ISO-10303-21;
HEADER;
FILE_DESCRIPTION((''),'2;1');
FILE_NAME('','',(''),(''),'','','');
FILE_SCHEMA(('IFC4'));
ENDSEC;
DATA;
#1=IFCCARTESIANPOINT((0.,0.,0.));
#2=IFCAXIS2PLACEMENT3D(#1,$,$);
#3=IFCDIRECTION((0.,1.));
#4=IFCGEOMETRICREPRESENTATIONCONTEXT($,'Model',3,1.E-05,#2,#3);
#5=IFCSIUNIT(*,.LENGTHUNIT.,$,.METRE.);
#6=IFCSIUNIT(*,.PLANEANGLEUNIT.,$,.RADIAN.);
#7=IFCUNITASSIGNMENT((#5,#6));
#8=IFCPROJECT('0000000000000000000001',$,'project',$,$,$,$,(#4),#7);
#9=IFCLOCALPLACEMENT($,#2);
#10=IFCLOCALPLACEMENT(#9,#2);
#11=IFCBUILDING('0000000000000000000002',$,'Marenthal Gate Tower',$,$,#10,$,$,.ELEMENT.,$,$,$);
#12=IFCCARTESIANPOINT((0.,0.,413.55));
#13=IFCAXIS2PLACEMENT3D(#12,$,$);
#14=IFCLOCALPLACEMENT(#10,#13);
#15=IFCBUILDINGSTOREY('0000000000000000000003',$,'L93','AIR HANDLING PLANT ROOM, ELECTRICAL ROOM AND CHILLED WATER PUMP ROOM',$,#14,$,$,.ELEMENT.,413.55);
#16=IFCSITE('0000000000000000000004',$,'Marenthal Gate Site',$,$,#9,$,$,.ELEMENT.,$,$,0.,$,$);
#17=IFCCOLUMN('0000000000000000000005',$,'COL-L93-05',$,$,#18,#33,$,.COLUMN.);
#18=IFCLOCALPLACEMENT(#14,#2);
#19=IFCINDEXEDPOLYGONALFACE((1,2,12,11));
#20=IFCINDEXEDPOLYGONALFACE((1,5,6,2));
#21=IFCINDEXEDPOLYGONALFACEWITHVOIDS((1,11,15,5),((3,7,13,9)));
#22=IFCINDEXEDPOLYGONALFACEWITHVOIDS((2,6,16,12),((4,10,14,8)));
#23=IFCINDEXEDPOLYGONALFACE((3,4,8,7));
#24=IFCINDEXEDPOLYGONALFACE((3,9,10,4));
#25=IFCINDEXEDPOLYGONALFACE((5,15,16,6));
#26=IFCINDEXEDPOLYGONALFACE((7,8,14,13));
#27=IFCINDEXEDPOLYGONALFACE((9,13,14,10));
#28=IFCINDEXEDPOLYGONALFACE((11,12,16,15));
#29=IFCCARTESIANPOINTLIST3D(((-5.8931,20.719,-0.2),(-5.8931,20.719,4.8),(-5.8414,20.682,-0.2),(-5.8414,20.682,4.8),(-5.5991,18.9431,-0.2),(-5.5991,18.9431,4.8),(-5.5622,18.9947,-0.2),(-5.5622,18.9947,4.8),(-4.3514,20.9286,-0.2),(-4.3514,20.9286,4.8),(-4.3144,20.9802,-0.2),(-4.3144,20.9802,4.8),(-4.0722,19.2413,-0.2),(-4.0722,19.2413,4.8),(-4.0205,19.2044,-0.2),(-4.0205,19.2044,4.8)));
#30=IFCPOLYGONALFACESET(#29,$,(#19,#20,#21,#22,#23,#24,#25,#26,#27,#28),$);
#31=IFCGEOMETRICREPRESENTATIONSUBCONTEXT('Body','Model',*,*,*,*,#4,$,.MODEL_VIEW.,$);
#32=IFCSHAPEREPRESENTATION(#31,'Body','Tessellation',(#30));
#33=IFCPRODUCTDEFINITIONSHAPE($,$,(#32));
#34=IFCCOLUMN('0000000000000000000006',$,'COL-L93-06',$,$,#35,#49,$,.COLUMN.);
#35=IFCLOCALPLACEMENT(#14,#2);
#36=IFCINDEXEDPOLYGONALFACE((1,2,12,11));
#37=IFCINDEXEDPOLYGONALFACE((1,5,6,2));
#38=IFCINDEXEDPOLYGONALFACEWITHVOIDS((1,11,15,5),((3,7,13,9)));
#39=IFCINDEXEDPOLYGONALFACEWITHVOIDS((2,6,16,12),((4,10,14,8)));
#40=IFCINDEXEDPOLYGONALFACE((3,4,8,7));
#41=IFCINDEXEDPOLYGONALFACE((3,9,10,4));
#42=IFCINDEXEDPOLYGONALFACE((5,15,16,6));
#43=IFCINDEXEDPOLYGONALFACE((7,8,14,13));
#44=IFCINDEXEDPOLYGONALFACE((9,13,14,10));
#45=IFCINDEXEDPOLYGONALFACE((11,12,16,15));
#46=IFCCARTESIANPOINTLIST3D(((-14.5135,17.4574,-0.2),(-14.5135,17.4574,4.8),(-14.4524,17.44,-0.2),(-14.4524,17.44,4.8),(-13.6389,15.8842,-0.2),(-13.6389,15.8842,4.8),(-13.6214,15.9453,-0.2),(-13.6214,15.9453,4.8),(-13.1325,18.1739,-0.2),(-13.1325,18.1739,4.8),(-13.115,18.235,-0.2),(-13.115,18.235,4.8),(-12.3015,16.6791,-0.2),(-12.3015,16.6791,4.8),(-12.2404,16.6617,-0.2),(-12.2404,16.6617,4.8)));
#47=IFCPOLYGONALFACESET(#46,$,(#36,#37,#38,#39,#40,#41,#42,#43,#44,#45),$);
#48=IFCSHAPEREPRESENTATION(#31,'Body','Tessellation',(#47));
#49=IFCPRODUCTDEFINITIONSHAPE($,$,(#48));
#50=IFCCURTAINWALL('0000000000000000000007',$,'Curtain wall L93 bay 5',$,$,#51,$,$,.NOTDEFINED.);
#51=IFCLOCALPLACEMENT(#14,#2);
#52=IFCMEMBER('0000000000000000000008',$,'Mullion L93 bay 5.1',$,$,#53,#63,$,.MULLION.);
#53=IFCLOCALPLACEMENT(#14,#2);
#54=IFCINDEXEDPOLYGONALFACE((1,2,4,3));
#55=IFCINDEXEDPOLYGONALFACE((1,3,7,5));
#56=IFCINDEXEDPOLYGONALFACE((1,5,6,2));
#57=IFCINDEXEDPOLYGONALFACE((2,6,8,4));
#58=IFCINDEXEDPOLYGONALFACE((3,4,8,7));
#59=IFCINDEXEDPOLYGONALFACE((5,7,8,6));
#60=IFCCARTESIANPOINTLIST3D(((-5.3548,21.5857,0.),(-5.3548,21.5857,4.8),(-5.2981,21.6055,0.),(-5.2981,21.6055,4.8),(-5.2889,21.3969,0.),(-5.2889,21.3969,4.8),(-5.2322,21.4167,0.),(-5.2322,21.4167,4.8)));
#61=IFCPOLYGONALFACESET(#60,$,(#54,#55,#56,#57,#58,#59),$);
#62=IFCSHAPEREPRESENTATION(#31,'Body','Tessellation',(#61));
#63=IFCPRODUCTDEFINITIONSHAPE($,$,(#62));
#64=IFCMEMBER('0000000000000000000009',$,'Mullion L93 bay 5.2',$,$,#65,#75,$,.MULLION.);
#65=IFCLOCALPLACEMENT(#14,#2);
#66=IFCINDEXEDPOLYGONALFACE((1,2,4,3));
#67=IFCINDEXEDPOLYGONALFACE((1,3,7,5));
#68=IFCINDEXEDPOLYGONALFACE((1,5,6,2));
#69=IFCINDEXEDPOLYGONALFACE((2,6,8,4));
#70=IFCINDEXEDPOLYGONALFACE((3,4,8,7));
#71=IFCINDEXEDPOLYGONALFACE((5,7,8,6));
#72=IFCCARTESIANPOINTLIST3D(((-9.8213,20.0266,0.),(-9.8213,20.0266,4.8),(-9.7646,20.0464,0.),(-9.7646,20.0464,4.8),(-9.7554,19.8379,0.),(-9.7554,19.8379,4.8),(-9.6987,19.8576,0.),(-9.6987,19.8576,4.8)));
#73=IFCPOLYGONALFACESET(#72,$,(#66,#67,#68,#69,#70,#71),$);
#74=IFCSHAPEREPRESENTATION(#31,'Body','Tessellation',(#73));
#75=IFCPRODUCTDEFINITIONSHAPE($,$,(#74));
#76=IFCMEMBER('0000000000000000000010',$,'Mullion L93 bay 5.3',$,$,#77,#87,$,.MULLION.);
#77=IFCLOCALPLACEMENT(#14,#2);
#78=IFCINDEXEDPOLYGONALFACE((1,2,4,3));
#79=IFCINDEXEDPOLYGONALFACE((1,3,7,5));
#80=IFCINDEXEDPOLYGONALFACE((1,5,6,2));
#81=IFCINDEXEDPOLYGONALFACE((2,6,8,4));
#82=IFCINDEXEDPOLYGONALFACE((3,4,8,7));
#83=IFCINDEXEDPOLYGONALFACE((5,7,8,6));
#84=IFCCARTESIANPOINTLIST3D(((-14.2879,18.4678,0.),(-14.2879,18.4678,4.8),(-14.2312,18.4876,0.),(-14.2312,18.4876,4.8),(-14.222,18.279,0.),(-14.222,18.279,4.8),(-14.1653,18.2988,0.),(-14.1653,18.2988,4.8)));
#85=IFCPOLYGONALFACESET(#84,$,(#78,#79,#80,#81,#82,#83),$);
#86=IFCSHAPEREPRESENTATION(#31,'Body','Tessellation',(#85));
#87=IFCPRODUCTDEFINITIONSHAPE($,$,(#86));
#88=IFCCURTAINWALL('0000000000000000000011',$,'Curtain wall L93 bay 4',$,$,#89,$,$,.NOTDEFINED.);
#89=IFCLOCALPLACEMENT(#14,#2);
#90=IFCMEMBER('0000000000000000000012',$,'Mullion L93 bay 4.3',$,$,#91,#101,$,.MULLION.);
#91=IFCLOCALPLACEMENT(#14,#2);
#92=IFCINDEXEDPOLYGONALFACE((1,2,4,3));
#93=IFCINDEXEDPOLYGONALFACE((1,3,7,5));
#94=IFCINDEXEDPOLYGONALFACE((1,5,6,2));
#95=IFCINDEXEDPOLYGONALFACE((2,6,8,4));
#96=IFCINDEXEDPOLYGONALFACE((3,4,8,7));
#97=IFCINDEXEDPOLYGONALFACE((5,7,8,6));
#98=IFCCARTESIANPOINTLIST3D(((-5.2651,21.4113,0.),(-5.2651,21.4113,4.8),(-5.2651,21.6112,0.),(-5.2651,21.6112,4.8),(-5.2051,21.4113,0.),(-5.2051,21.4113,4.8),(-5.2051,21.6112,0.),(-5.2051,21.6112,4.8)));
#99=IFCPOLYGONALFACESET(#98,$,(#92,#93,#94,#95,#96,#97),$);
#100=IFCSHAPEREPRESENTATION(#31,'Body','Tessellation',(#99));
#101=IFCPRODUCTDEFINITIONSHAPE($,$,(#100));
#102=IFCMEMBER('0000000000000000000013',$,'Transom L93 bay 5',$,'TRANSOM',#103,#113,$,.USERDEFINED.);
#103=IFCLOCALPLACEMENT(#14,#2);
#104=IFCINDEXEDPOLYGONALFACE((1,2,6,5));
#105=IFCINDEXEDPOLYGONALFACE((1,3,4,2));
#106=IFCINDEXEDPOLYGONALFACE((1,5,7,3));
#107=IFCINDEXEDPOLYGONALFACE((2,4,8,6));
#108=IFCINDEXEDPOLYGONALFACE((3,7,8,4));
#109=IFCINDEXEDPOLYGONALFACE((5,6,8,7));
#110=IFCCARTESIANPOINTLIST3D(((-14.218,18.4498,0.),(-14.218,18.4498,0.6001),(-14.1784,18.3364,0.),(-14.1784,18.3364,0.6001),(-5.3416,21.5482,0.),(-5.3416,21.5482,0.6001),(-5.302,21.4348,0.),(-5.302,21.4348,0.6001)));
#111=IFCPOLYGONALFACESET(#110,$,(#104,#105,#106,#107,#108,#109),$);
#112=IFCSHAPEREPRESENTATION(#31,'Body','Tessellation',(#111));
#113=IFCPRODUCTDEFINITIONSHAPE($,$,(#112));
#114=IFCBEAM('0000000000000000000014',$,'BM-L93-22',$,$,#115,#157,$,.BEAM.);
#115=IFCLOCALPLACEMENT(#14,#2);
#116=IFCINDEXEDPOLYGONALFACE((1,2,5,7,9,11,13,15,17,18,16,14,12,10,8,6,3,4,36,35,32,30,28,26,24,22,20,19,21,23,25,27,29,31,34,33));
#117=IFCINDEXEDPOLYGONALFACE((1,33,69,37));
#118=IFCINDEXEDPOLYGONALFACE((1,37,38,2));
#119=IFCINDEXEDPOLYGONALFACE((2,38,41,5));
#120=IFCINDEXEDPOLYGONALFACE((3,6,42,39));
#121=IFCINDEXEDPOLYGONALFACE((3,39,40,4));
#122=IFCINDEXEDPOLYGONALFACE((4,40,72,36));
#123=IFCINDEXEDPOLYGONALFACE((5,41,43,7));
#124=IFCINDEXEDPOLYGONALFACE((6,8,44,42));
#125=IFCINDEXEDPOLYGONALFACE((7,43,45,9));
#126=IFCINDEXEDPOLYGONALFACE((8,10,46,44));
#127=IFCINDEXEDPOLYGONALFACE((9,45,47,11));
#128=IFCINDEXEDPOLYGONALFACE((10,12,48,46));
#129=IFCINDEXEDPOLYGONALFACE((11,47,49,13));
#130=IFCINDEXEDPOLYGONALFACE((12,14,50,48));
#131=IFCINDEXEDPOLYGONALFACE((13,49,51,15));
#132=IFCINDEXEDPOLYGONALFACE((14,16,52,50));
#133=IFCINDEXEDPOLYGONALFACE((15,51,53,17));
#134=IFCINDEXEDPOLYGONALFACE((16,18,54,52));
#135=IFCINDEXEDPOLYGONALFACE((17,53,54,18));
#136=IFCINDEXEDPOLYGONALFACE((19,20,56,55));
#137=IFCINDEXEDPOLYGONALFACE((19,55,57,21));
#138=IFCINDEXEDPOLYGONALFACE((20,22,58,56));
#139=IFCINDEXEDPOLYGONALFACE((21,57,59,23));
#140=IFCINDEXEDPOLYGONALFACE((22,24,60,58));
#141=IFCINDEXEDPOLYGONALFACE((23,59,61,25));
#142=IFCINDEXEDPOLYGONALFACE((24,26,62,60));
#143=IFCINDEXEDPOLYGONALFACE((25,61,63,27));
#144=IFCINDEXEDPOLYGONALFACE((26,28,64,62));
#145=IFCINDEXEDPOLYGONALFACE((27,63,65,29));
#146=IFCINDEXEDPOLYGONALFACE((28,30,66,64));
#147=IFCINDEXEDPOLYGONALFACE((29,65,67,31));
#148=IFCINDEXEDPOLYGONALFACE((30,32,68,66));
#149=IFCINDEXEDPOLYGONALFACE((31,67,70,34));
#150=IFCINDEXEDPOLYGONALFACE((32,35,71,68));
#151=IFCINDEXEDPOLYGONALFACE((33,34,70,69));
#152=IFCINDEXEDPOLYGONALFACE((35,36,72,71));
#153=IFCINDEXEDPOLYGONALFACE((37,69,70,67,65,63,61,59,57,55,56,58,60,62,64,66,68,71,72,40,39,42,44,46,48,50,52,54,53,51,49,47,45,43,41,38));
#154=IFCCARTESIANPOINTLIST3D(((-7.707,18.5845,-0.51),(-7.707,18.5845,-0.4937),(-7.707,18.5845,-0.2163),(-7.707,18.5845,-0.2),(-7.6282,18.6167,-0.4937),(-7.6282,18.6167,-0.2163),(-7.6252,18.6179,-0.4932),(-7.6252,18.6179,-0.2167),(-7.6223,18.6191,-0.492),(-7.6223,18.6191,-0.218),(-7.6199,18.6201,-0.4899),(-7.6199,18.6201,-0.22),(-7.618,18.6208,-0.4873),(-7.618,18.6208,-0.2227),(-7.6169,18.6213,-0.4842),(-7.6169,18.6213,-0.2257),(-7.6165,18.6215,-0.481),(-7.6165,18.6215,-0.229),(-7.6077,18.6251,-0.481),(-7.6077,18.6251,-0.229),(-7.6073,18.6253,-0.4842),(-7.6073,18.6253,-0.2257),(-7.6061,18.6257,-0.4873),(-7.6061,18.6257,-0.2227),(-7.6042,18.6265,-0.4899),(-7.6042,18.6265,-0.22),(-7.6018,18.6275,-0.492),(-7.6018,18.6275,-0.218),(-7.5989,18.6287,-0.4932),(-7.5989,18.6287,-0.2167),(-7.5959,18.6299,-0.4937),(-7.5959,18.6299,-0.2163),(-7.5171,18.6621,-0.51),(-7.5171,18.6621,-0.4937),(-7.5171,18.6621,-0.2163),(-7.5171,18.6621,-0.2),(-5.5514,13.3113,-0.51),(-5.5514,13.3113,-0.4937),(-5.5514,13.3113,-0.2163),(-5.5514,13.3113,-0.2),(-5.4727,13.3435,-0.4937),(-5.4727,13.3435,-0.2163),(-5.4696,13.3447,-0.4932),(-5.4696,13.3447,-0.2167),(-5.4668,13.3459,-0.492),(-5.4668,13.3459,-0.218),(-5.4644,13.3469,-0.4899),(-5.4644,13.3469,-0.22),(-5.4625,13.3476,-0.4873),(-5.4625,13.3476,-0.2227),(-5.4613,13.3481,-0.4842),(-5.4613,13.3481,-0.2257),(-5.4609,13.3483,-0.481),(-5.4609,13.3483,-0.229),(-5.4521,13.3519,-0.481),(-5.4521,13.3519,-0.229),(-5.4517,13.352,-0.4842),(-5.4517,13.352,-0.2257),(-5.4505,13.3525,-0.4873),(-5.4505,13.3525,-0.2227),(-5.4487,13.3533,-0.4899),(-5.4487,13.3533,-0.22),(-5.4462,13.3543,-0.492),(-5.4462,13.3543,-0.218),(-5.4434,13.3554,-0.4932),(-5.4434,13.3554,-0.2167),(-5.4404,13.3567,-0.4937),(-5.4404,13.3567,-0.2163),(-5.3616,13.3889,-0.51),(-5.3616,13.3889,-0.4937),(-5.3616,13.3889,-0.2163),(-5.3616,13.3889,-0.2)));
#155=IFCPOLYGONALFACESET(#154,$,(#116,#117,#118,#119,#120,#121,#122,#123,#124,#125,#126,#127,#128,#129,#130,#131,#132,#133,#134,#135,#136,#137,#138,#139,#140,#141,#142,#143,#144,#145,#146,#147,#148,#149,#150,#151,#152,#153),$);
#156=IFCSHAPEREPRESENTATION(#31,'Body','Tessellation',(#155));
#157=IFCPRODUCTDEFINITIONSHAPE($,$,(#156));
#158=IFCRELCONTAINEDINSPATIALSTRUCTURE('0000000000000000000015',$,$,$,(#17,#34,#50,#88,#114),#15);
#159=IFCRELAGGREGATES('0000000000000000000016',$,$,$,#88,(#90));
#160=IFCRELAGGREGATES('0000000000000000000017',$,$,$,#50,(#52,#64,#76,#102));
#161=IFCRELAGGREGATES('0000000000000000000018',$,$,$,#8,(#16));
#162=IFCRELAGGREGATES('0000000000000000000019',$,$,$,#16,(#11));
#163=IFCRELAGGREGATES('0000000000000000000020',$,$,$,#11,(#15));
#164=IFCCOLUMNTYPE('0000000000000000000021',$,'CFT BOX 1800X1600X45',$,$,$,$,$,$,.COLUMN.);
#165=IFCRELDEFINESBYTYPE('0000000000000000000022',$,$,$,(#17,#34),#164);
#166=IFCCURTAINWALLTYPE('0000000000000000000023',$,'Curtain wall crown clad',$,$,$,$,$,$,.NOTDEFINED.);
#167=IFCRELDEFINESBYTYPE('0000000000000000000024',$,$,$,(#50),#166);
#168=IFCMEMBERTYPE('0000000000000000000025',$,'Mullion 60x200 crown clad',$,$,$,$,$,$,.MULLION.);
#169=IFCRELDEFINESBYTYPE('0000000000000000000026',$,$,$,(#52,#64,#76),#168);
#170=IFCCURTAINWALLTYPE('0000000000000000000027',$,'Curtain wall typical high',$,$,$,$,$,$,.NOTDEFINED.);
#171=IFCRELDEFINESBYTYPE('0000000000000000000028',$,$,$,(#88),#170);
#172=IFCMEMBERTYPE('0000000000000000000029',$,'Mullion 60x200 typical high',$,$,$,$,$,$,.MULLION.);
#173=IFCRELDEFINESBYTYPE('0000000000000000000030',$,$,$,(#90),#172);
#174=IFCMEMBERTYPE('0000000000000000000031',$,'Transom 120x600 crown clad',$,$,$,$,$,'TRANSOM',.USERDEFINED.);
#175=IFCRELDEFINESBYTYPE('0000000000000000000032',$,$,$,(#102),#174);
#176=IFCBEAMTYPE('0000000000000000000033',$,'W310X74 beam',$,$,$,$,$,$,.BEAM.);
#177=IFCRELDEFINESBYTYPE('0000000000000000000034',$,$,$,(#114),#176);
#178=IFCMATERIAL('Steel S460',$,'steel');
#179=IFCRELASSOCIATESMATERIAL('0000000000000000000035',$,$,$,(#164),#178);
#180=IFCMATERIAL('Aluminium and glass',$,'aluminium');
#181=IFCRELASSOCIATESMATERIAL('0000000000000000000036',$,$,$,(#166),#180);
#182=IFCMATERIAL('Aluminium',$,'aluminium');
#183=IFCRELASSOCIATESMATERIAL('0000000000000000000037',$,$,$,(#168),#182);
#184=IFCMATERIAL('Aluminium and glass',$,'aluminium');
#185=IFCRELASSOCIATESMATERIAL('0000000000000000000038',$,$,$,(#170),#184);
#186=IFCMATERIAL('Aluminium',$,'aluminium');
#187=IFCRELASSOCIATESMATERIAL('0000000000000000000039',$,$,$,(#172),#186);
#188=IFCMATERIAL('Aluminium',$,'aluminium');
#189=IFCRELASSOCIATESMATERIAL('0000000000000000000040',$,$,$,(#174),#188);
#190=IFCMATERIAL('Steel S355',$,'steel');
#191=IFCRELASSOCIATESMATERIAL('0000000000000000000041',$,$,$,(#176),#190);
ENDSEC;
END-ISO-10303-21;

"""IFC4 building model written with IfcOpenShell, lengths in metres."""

from ifc_helpers import new_model, si_unit, direction, frame, origin, origin_2d, place, context, subcontext, project, spatial, rectangle, hollow_rectangle, i_section, extrude, material, material_profile, profile_set, type_object, element, aggregate, save


model = new_model("IFC4")

# Units and contexts
model_context = context("Model", 3, precision=1e-05, world=origin(), true_north=direction((0.0, 1.0)))
body_context = subcontext(model_context, "Body", "Model", "MODEL_VIEW")
ifc_project = project(units=[si_unit("LENGTHUNIT", "METRE"), si_unit("PLANEANGLEUNIT", "RADIAN")], contexts=[model_context])

# Site, building, storey
site_placement = place(None, origin())
site = spatial("IfcSite", under=ifc_project, at=site_placement, Name="Marenthal Gate Site", CompositionType="ELEMENT", RefElevation=0.0)
building_placement = place(site_placement, origin())
building = spatial("IfcBuilding", under=site, at=building_placement, Name="Marenthal Gate Tower", CompositionType="ELEMENT")
storey_placement = place(building_placement, frame((0.0, 0.0, 413.55)))
storey = spatial("IfcBuildingStorey", under=building, at=storey_placement, Name="L93", Description="AIR HANDLING PLANT ROOM, ELECTRICAL ROOM AND CHILLED WATER PUMP ROOM", CompositionType="ELEMENT", Elevation=413.55)

# Columns
ifc_material_1 = material(Name="Steel S460", Category="steel")
ifc_material_profile_1 = material_profile(ifc_material_1, hollow_rectangle(XDim=1.6001, YDim=1.8, WallThickness=0.0449, at=origin_2d()), Name="CFT BOX 1800X1600X45")
ifc_material_2 = material(Name="Concrete 70 MPa", Category="concrete")
ifc_material_profile_2 = material_profile(ifc_material_2, rectangle(XDim=1.51, YDim=1.71, at=origin_2d()), Name="CFT BOX 1800X1600X45 INFILL")
ifc_profile_set_1 = profile_set([ifc_material_profile_1, ifc_material_profile_2], Name="Steel S460 shell, Concrete 70 MPa infill")
column_type = type_object("IfcColumnType", Name="CFT BOX 1800X1600X45", PredefinedType="COLUMN", material=ifc_profile_set_1)
for number, where, z_axis, x_axis, name in (
    (1, (-4.9568, 19.9617, -0.2), (0.0, 0.0, 1.0), (0.986579, 0.163283, 0.0), "COL-L93-05"),
    (2, (-13.377, 17.0596, -0.2), (0.0, 0.0, 1.0), (0.874008, 0.485911, 0.0), "COL-L93-06"),
):
    element("IfcColumn", number, at=place(storey_placement, frame(where, z_axis=z_axis, x_axis=x_axis)), inside=storey, type_object=column_type, Name=name, PredefinedType="COLUMN", context=body_context, shape_type="SweptSolid", body=[
        extrude(hollow_rectangle(XDim=1.6001, YDim=1.8, WallThickness=0.0449, at=origin_2d()), origin(), (0.0, 0.0, 1.0), 5.0),
    ])

# Curtain wall, members
ifc_material_3 = material(Name="Aluminium and glass", Category="aluminium")
curtain_wall_type_1 = type_object("IfcCurtainWallType", Name="Curtain wall crown clad", PredefinedType="NOTDEFINED", material=ifc_material_3)
curtain_wall_1_placement = place(storey_placement, origin())
curtain_wall_1 = element("IfcCurtainWall", 3, at=curtain_wall_1_placement, inside=storey, type_object=curtain_wall_type_1, Name="Curtain wall L93 bay 5", PredefinedType="NOTDEFINED")
ifc_material_4 = material(Name="Aluminium", Category="aluminium")
ifc_material_profile_3 = material_profile(ifc_material_4, rectangle(XDim=0.2, YDim=0.0601, at=origin_2d()), Name="60x200 aluminium mullion")
ifc_profile_set_2 = profile_set([ifc_material_profile_3], Name="Aluminium")
member_type_1 = type_object("IfcMemberType", Name="Mullion 60x200 crown clad", PredefinedType="MULLION", material=ifc_profile_set_2)
member_1_placement = place(storey_placement, frame((-5.2935, 21.5012, 0.0), z_axis=(0.0, 0.0, 1.0), x_axis=(0.329559, -0.944135, 0.0)))
member_1 = element("IfcMember", 4, at=member_1_placement, type_object=member_type_1, Name="Mullion L93 bay 5.1", PredefinedType="MULLION", context=body_context, shape_type="SweptSolid", body=[
    extrude(rectangle(XDim=0.2, YDim=0.0601, at=origin_2d()), origin(), (0.0, 0.0, 1.0), 4.8),
])
member_2_placement = place(storey_placement, frame((-9.76, 19.9421, 0.0), z_axis=(0.0, 0.0, 1.0), x_axis=(0.329559, -0.944135, 0.0)))
member_2 = element("IfcMember", 5, at=member_2_placement, type_object=member_type_1, Name="Mullion L93 bay 5.2", PredefinedType="MULLION", context=body_context, shape_type="SweptSolid", body=[
    extrude(rectangle(XDim=0.2, YDim=0.0601, at=origin_2d()), origin(), (0.0, 0.0, 1.0), 4.8),
])
member_3_placement = place(storey_placement, frame((-14.2266, 18.3833, 0.0), z_axis=(0.0, 0.0, 1.0), x_axis=(0.329559, -0.944135, 0.0)))
member_3 = element("IfcMember", 6, at=member_3_placement, type_object=member_type_1, Name="Mullion L93 bay 5.3", PredefinedType="MULLION", context=body_context, shape_type="SweptSolid", body=[
    extrude(rectangle(XDim=0.2, YDim=0.0601, at=origin_2d()), origin(), (0.0, 0.0, 1.0), 4.8),
])

# Curtain wall, member
ifc_material_5 = material(Name="Aluminium and glass", Category="aluminium")
curtain_wall_type_2 = type_object("IfcCurtainWallType", Name="Curtain wall typical high", PredefinedType="NOTDEFINED", material=ifc_material_5)
curtain_wall_2_placement = place(storey_placement, origin())
curtain_wall_2 = element("IfcCurtainWall", 7, at=curtain_wall_2_placement, inside=storey, type_object=curtain_wall_type_2, Name="Curtain wall L93 bay 4", PredefinedType="NOTDEFINED")
ifc_material_6 = material(Name="Aluminium", Category="aluminium")
ifc_material_profile_4 = material_profile(ifc_material_6, rectangle(XDim=0.2, YDim=0.0601, at=origin_2d()), Name="60x200 aluminium mullion")
ifc_profile_set_3 = profile_set([ifc_material_profile_4], Name="Aluminium")
member_type_2 = type_object("IfcMemberType", Name="Mullion 60x200 typical high", PredefinedType="MULLION", material=ifc_profile_set_3)
member_4_placement = place(storey_placement, frame((-5.2351, 21.5112, 0.0), z_axis=(0.0, 0.0, 1.0), x_axis=(0.0, -1.0, 0.0)))
member_4 = element("IfcMember", 8, at=member_4_placement, type_object=member_type_2, Name="Mullion L93 bay 4.3", PredefinedType="MULLION", context=body_context, shape_type="SweptSolid", body=[
    extrude(rectangle(XDim=0.2, YDim=0.0601, at=origin_2d()), origin(), (0.0, 0.0, 1.0), 4.8),
])

# Member
ifc_material_7 = material(Name="Aluminium", Category="aluminium")
ifc_material_profile_5 = material_profile(ifc_material_7, rectangle(XDim=0.1201, YDim=0.6001, at=origin_2d()), Name="120x600 aluminium transom")
ifc_profile_set_4 = profile_set([ifc_material_profile_5], Name="Aluminium")
member_type_3 = type_object("IfcMemberType", Name="Transom 120x600 crown clad", ElementType="TRANSOM", PredefinedType="USERDEFINED", material=ifc_profile_set_4)
member_5_placement = place(storey_placement, frame((-5.3218, 21.4915, 0.3), z_axis=(-0.944136, -0.329557, 0.0), x_axis=(0.329557, -0.944136, 0.0)))
member_5 = element("IfcMember", 9, at=member_5_placement, type_object=member_type_3, Name="Transom L93 bay 5", ObjectType="TRANSOM", PredefinedType="USERDEFINED", context=body_context, shape_type="SweptSolid", body=[
    extrude(rectangle(XDim=0.1201, YDim=0.6001, at=origin_2d()), origin(), (0.0, 0.0, 1.0), 9.4016),
])

# Beam
ifc_material_8 = material(Name="Steel S355", Category="steel")
ifc_material_profile_6 = material_profile(ifc_material_8, i_section(OverallWidth=0.2051, OverallDepth=0.3101, WebThickness=0.0095, FlangeThickness=0.0164, FilletRadius=0.0127, at=origin_2d()), Name="W310X74")
ifc_profile_set_5 = profile_set([ifc_material_profile_6], Name="Steel S355")
beam_type_1 = type_object("IfcBeamType", Name="W310X74 beam", PredefinedType="BEAM", material=ifc_profile_set_5)
beam_1_placement = place(storey_placement, frame((-7.6121, 18.6233, -0.355), z_axis=(0.378378, -0.925651, 0.0), x_axis=(0.925651, 0.378378, 0.0)))
element("IfcBeam", 10, at=beam_1_placement, inside=storey, type_object=beam_type_1, Name="BM-L93-22", PredefinedType="BEAM", context=body_context, shape_type="SweptSolid", body=[
    extrude(i_section(OverallWidth=0.2051, OverallDepth=0.3101, WebThickness=0.0095, FlangeThickness=0.0164, FilletRadius=0.0127, at=origin_2d()), origin(), (0.0, 0.0, 1.0), 5.6968),
])

aggregate(curtain_wall_2, [member_4])
aggregate(curtain_wall_1, [member_1, member_2, member_3, member_5])

save(model, "model.ifc")
